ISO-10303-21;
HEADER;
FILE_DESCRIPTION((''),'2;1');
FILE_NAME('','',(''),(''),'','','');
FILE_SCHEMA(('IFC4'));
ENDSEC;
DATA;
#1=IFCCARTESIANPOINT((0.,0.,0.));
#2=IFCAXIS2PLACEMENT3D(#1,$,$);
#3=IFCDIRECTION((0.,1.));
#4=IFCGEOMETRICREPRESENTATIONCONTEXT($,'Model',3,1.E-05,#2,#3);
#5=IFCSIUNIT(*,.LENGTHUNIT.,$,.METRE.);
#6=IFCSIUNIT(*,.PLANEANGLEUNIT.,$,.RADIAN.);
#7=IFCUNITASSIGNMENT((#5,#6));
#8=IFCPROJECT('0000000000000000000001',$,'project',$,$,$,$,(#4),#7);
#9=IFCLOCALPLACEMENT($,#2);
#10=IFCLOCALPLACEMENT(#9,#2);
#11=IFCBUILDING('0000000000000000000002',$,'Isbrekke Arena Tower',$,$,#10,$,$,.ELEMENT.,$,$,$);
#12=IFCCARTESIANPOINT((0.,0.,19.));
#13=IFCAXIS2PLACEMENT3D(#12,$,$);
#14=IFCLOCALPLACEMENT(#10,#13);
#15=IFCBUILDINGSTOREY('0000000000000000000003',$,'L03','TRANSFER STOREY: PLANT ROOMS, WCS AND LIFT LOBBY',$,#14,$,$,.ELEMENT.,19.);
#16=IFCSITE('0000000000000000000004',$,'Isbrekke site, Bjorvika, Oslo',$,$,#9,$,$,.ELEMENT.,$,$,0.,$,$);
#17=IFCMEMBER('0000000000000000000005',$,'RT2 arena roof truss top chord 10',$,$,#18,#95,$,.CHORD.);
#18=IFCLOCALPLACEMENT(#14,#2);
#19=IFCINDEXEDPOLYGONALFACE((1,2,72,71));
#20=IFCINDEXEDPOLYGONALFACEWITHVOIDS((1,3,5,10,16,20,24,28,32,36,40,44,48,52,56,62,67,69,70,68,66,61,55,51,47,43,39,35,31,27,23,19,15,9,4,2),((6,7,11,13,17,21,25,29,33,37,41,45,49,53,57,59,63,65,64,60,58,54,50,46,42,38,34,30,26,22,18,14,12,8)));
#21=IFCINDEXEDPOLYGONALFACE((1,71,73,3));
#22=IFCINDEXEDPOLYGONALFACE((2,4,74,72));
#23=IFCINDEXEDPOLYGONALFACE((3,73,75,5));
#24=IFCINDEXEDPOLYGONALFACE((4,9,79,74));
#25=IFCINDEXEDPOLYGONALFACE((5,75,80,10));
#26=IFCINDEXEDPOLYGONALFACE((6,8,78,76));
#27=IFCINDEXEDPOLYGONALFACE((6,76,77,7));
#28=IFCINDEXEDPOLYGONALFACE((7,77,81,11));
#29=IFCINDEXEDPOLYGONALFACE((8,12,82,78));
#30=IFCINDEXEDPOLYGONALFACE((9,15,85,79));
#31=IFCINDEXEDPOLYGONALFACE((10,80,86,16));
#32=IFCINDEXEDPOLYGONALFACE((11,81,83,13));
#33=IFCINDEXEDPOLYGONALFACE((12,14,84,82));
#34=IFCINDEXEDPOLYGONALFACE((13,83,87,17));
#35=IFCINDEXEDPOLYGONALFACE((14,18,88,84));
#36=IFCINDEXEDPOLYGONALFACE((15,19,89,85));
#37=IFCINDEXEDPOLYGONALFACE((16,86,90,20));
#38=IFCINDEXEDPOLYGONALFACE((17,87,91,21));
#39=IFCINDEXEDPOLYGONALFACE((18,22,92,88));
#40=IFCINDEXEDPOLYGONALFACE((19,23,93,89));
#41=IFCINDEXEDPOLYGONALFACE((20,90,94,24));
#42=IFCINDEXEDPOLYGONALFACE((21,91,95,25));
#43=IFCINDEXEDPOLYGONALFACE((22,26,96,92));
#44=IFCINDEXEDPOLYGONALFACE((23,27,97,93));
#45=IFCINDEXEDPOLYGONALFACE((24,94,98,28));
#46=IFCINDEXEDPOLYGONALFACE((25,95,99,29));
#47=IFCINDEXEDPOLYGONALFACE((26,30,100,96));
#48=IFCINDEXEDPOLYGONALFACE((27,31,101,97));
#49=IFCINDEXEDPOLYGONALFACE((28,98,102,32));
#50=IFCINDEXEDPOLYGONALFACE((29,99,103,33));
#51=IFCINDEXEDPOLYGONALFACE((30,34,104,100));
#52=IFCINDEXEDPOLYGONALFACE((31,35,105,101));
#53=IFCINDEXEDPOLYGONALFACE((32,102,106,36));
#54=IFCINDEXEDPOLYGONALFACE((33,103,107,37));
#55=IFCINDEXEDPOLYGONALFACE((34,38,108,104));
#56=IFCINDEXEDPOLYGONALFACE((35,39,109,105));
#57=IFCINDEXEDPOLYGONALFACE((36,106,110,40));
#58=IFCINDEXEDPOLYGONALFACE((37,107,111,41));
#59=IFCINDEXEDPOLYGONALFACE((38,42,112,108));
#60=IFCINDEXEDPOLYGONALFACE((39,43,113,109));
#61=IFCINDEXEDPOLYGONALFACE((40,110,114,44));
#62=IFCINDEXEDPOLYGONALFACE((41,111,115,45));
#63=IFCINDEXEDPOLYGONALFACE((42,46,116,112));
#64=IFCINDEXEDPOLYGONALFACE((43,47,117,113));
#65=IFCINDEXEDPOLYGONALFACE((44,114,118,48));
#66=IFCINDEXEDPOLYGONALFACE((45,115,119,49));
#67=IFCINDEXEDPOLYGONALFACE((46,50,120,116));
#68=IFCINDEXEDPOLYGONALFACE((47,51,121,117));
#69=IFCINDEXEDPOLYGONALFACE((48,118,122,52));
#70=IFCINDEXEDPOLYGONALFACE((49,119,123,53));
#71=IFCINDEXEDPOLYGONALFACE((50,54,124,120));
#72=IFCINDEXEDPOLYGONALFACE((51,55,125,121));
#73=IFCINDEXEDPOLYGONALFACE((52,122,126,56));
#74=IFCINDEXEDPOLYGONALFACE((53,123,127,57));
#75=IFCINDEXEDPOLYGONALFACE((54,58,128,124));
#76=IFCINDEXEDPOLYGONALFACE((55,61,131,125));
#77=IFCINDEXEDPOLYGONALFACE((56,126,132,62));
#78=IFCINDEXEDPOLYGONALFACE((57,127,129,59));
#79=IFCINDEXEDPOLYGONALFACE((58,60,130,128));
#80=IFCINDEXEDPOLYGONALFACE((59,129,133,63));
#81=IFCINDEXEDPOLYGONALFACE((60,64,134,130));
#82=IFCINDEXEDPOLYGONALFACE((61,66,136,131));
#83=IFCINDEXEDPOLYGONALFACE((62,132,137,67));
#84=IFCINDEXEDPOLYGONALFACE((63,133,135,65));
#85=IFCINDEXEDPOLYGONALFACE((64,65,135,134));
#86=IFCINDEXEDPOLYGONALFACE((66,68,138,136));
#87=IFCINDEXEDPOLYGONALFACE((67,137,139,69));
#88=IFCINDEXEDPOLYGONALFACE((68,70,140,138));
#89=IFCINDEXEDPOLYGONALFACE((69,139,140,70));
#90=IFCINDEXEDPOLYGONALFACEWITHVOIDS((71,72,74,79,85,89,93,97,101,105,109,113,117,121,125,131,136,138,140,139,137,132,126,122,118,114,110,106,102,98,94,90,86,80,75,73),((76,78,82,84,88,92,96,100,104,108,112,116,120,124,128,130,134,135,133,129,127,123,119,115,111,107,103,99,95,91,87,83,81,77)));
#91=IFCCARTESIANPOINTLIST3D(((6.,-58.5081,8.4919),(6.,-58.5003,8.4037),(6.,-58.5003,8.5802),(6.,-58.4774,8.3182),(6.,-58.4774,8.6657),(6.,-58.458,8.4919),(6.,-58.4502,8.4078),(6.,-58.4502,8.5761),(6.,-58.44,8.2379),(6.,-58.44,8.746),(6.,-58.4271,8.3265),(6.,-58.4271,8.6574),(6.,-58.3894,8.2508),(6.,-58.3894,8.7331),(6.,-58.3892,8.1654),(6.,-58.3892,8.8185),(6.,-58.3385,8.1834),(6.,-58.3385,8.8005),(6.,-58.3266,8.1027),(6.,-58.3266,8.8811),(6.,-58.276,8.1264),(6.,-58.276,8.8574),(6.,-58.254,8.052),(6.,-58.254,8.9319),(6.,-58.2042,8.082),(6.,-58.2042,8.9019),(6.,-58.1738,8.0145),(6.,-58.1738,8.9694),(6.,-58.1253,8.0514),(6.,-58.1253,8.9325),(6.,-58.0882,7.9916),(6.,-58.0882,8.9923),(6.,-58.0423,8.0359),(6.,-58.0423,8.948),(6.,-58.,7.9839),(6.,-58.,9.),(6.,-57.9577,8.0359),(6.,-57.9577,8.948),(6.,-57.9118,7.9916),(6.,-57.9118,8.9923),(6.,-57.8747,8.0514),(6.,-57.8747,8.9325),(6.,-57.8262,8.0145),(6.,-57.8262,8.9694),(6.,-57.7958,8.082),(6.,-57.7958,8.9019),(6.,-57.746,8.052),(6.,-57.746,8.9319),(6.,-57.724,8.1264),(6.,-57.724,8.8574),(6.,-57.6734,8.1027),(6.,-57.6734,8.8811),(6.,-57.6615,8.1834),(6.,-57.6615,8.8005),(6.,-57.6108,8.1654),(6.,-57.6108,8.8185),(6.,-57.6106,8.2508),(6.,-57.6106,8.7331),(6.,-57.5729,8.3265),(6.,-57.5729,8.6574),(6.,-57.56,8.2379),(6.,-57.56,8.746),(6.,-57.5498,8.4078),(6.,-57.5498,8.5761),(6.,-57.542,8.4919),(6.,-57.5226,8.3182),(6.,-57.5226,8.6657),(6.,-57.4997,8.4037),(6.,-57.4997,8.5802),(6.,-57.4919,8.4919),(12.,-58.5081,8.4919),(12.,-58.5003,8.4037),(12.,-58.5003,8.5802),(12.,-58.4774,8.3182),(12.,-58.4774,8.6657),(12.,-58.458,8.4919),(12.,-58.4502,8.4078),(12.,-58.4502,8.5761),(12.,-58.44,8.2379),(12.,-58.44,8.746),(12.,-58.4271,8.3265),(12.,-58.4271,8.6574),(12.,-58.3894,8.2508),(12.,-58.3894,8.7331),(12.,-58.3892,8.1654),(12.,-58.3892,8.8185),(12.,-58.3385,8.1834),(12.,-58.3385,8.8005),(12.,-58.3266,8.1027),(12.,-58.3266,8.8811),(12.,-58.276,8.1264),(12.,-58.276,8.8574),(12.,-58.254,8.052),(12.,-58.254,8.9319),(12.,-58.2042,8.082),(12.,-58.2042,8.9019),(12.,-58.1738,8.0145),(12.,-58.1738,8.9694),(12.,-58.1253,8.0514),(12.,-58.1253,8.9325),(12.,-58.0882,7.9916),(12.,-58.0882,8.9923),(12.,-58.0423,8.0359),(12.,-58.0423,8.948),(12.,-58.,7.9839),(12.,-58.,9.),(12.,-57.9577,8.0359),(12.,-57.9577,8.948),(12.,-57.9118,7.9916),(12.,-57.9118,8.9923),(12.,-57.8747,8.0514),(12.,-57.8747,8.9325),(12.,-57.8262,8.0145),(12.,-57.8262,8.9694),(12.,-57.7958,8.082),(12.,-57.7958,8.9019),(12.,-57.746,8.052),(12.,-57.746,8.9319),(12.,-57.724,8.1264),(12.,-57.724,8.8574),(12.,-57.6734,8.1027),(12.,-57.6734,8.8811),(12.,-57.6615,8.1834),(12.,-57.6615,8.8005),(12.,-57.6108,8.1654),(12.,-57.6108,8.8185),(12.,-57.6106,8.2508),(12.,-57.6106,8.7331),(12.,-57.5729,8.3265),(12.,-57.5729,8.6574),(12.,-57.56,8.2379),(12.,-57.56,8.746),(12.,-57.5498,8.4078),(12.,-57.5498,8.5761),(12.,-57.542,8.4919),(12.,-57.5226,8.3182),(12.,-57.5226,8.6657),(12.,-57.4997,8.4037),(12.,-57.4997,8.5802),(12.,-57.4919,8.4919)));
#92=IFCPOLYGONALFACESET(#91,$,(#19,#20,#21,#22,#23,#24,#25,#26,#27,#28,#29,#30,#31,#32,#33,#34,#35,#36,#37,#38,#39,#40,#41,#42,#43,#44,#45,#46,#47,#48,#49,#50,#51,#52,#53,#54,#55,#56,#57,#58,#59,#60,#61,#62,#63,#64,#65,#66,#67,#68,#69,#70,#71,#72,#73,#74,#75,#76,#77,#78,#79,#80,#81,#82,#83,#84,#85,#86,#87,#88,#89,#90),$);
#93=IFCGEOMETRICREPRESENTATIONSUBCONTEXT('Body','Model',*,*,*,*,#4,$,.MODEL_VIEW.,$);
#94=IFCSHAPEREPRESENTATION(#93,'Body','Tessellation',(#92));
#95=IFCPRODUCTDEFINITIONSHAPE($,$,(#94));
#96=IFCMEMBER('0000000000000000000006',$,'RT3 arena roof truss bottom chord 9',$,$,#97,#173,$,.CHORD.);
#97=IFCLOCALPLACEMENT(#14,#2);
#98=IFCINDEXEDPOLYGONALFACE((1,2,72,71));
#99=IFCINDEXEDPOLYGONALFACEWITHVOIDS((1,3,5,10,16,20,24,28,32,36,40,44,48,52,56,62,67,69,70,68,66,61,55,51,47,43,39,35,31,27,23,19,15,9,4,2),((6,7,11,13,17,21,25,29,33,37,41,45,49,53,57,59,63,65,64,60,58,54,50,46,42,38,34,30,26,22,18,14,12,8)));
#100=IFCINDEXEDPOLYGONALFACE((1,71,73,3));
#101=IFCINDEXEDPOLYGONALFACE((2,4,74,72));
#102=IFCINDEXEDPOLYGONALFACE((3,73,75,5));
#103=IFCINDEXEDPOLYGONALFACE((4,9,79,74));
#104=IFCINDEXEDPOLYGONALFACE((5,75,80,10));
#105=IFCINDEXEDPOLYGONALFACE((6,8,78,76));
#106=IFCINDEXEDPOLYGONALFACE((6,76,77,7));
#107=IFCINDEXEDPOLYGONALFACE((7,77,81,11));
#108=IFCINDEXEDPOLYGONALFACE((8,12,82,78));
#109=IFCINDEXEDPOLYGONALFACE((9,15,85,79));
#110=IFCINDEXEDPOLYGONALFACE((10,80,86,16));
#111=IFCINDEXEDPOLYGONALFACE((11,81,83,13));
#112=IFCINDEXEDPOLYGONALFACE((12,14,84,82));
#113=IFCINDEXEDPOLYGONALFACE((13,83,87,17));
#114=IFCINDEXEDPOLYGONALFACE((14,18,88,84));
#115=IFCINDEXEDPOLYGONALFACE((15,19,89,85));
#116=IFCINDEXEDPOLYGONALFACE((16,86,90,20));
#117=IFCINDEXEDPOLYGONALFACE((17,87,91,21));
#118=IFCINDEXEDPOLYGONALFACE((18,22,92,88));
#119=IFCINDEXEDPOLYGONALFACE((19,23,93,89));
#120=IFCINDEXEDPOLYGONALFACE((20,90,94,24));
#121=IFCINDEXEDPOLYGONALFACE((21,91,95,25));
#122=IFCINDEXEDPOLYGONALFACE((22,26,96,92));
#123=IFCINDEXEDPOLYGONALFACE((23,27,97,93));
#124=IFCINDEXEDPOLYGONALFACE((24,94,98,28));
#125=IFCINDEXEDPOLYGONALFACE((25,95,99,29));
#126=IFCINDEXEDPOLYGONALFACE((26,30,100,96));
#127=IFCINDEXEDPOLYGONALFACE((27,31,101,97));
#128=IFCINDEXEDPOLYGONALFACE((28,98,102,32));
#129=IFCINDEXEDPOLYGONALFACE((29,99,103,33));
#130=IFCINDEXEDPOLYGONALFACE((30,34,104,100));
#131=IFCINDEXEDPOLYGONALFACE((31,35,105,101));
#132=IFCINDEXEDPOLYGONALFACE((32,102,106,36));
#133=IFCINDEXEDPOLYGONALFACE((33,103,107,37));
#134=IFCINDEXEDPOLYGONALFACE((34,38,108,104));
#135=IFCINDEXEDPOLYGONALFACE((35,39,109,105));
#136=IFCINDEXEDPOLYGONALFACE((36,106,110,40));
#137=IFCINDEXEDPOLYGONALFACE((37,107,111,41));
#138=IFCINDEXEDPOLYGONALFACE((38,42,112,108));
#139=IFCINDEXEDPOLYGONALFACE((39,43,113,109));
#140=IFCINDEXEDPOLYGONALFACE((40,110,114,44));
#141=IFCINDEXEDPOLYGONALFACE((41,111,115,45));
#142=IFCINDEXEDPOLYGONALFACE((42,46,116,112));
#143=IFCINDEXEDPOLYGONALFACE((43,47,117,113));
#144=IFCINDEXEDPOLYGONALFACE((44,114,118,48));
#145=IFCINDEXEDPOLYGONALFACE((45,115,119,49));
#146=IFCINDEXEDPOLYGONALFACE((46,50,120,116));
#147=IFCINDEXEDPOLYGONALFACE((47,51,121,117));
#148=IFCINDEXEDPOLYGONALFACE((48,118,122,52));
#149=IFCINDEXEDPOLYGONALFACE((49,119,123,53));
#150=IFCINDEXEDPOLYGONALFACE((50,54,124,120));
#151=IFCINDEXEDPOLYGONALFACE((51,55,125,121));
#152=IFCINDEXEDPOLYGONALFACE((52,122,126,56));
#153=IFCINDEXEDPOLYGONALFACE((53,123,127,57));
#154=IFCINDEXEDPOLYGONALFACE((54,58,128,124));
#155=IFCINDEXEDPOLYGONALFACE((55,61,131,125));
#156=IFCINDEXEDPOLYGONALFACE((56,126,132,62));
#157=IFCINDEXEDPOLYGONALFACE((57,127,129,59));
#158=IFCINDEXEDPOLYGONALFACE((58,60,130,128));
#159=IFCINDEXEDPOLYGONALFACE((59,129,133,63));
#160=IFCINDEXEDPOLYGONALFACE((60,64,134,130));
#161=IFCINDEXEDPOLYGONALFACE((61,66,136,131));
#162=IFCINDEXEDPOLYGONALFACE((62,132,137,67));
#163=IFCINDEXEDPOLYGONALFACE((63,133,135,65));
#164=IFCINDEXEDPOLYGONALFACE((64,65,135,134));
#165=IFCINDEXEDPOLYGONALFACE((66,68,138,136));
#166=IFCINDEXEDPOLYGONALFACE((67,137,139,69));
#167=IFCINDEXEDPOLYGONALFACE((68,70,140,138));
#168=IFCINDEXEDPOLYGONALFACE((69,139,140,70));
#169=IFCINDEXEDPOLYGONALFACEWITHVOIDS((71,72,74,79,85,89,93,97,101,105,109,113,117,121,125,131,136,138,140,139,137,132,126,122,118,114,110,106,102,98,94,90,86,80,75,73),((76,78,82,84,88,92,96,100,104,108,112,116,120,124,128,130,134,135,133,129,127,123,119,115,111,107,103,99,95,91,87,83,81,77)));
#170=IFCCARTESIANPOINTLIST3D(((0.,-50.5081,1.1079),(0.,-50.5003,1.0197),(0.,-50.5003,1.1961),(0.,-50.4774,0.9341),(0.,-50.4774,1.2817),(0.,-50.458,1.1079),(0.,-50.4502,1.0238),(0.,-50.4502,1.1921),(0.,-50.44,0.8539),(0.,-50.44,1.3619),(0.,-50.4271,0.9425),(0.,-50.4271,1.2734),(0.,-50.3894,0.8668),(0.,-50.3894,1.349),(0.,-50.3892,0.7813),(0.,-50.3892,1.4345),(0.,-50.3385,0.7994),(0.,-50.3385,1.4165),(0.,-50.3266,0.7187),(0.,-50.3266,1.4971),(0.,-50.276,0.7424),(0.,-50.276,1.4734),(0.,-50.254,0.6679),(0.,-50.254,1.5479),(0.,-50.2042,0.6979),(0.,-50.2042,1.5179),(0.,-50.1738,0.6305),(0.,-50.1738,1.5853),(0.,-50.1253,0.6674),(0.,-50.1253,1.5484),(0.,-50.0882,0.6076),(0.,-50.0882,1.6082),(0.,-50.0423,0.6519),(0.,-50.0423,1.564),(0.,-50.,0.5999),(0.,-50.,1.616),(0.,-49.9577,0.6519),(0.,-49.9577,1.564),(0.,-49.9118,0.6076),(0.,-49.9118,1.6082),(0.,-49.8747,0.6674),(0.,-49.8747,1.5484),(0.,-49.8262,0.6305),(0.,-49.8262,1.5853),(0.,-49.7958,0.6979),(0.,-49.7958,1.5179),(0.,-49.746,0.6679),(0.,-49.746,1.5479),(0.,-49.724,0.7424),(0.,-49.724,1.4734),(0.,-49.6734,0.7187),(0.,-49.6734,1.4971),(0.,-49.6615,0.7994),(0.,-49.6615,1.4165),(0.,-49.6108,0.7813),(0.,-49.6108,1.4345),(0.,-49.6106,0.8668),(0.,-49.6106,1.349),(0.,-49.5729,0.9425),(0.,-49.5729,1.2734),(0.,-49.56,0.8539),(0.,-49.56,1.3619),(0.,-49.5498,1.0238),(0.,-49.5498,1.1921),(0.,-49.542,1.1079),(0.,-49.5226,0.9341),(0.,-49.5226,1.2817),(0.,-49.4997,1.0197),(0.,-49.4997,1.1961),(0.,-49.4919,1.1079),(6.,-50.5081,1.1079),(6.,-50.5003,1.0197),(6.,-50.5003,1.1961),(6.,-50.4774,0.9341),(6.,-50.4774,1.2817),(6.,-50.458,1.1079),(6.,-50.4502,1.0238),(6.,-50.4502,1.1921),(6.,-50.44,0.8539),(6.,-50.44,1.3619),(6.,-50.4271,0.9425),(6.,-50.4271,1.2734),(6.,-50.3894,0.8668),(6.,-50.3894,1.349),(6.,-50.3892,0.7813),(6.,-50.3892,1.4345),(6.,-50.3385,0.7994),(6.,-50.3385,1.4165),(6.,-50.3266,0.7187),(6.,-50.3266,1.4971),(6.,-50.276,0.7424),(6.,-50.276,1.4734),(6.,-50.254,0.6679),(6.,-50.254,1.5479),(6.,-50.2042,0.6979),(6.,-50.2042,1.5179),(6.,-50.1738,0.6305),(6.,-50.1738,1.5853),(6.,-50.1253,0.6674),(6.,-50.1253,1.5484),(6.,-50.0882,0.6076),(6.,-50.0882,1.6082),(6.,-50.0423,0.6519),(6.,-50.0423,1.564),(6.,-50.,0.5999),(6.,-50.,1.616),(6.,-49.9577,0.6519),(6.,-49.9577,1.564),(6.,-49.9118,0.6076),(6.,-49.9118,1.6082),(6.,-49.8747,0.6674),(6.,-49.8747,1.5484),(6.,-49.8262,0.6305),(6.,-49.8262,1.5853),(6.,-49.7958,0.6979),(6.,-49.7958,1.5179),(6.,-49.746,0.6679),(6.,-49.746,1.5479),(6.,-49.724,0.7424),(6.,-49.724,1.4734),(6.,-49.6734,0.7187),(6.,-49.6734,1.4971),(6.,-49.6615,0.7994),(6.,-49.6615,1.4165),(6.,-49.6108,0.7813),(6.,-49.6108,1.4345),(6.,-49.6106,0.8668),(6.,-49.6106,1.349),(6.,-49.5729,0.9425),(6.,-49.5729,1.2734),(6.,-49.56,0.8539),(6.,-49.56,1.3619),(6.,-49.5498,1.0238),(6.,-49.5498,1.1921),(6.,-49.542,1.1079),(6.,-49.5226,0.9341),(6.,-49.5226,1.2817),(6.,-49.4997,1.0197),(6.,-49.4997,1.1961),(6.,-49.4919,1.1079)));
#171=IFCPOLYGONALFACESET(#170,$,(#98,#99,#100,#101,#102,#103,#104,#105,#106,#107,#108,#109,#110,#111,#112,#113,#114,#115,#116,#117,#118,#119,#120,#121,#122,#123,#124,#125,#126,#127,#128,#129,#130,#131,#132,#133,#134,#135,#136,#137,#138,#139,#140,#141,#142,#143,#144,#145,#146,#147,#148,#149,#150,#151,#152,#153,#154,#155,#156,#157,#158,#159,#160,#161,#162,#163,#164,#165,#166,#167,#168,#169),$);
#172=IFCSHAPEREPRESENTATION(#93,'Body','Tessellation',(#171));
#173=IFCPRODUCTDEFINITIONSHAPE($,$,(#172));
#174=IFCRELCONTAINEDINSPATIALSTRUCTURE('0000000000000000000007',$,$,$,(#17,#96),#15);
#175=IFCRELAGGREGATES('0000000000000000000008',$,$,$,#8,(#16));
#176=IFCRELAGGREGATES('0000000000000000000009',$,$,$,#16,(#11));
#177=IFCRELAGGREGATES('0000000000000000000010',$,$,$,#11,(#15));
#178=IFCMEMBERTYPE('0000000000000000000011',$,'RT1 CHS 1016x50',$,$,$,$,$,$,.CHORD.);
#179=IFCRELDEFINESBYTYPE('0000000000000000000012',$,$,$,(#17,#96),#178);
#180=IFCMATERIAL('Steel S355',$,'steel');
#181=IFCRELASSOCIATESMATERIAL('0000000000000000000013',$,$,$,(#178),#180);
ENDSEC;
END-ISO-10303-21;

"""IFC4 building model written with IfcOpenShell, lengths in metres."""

from ifc_helpers import new_model, si_unit, direction, frame, origin, origin_2d, place, context, subcontext, project, spatial, hollow_circle, extrude, material, material_profile, profile_set, type_object, element, save


model = new_model("IFC4")

# Units and contexts
model_context = context("Model", 3, precision=1e-05, world=origin(), true_north=direction((0.0, 1.0)))
body_context = subcontext(model_context, "Body", "Model", "MODEL_VIEW")
ifc_project = project(units=[si_unit("LENGTHUNIT", "METRE"), si_unit("PLANEANGLEUNIT", "RADIAN")], contexts=[model_context])

# Site, building, storey
site_placement = place(None, origin())
site = spatial("IfcSite", under=ifc_project, at=site_placement, Name="Isbrekke site, Bjorvika, Oslo", CompositionType="ELEMENT", RefElevation=0.0)
building_placement = place(site_placement, origin())
building = spatial("IfcBuilding", under=site, at=building_placement, Name="Isbrekke Arena Tower", CompositionType="ELEMENT")
storey_placement = place(building_placement, frame((0.0, 0.0, 19.0)))
storey = spatial("IfcBuildingStorey", under=building, at=storey_placement, Name="L03", Description="TRANSFER STOREY: PLANT ROOMS, WCS AND LIFT LOBBY", CompositionType="ELEMENT", Elevation=19.0)

# Members
ifc_material_1 = material(Name="Steel S355", Category="steel")
ifc_material_profile_1 = material_profile(ifc_material_1, hollow_circle(Radius=0.5081, WallThickness=0.05, at=origin_2d()), Name="CHS 1016x50")
ifc_profile_set_1 = profile_set([ifc_material_profile_1], Name="Steel S355")
member_type_1 = type_object("IfcMemberType", Name="RT1 CHS 1016x50", PredefinedType="CHORD", material=ifc_profile_set_1)
for number, where, z_axis, x_axis, name in (
    (1, (6.0, -58.0, 8.4919), (1.0, 0.0, 0.0), (0.0, 1.0, 0.0), "RT2 arena roof truss top chord 10"),
    (2, (0.0, -50.0, 1.1079), (1.0, 0.0, 0.0), (0.0, 1.0, 0.0), "RT3 arena roof truss bottom chord 9"),
):
    element("IfcMember", number, at=place(storey_placement, frame(where, z_axis=z_axis, x_axis=x_axis)), inside=storey, type_object=member_type_1, Name=name, PredefinedType="CHORD", context=body_context, shape_type="SweptSolid", body=[
        extrude(hollow_circle(Radius=0.5081, WallThickness=0.05, at=origin_2d()), origin(), (0.0, 0.0, 1.0), 6.0),
    ])

save(model, "model.ifc")
